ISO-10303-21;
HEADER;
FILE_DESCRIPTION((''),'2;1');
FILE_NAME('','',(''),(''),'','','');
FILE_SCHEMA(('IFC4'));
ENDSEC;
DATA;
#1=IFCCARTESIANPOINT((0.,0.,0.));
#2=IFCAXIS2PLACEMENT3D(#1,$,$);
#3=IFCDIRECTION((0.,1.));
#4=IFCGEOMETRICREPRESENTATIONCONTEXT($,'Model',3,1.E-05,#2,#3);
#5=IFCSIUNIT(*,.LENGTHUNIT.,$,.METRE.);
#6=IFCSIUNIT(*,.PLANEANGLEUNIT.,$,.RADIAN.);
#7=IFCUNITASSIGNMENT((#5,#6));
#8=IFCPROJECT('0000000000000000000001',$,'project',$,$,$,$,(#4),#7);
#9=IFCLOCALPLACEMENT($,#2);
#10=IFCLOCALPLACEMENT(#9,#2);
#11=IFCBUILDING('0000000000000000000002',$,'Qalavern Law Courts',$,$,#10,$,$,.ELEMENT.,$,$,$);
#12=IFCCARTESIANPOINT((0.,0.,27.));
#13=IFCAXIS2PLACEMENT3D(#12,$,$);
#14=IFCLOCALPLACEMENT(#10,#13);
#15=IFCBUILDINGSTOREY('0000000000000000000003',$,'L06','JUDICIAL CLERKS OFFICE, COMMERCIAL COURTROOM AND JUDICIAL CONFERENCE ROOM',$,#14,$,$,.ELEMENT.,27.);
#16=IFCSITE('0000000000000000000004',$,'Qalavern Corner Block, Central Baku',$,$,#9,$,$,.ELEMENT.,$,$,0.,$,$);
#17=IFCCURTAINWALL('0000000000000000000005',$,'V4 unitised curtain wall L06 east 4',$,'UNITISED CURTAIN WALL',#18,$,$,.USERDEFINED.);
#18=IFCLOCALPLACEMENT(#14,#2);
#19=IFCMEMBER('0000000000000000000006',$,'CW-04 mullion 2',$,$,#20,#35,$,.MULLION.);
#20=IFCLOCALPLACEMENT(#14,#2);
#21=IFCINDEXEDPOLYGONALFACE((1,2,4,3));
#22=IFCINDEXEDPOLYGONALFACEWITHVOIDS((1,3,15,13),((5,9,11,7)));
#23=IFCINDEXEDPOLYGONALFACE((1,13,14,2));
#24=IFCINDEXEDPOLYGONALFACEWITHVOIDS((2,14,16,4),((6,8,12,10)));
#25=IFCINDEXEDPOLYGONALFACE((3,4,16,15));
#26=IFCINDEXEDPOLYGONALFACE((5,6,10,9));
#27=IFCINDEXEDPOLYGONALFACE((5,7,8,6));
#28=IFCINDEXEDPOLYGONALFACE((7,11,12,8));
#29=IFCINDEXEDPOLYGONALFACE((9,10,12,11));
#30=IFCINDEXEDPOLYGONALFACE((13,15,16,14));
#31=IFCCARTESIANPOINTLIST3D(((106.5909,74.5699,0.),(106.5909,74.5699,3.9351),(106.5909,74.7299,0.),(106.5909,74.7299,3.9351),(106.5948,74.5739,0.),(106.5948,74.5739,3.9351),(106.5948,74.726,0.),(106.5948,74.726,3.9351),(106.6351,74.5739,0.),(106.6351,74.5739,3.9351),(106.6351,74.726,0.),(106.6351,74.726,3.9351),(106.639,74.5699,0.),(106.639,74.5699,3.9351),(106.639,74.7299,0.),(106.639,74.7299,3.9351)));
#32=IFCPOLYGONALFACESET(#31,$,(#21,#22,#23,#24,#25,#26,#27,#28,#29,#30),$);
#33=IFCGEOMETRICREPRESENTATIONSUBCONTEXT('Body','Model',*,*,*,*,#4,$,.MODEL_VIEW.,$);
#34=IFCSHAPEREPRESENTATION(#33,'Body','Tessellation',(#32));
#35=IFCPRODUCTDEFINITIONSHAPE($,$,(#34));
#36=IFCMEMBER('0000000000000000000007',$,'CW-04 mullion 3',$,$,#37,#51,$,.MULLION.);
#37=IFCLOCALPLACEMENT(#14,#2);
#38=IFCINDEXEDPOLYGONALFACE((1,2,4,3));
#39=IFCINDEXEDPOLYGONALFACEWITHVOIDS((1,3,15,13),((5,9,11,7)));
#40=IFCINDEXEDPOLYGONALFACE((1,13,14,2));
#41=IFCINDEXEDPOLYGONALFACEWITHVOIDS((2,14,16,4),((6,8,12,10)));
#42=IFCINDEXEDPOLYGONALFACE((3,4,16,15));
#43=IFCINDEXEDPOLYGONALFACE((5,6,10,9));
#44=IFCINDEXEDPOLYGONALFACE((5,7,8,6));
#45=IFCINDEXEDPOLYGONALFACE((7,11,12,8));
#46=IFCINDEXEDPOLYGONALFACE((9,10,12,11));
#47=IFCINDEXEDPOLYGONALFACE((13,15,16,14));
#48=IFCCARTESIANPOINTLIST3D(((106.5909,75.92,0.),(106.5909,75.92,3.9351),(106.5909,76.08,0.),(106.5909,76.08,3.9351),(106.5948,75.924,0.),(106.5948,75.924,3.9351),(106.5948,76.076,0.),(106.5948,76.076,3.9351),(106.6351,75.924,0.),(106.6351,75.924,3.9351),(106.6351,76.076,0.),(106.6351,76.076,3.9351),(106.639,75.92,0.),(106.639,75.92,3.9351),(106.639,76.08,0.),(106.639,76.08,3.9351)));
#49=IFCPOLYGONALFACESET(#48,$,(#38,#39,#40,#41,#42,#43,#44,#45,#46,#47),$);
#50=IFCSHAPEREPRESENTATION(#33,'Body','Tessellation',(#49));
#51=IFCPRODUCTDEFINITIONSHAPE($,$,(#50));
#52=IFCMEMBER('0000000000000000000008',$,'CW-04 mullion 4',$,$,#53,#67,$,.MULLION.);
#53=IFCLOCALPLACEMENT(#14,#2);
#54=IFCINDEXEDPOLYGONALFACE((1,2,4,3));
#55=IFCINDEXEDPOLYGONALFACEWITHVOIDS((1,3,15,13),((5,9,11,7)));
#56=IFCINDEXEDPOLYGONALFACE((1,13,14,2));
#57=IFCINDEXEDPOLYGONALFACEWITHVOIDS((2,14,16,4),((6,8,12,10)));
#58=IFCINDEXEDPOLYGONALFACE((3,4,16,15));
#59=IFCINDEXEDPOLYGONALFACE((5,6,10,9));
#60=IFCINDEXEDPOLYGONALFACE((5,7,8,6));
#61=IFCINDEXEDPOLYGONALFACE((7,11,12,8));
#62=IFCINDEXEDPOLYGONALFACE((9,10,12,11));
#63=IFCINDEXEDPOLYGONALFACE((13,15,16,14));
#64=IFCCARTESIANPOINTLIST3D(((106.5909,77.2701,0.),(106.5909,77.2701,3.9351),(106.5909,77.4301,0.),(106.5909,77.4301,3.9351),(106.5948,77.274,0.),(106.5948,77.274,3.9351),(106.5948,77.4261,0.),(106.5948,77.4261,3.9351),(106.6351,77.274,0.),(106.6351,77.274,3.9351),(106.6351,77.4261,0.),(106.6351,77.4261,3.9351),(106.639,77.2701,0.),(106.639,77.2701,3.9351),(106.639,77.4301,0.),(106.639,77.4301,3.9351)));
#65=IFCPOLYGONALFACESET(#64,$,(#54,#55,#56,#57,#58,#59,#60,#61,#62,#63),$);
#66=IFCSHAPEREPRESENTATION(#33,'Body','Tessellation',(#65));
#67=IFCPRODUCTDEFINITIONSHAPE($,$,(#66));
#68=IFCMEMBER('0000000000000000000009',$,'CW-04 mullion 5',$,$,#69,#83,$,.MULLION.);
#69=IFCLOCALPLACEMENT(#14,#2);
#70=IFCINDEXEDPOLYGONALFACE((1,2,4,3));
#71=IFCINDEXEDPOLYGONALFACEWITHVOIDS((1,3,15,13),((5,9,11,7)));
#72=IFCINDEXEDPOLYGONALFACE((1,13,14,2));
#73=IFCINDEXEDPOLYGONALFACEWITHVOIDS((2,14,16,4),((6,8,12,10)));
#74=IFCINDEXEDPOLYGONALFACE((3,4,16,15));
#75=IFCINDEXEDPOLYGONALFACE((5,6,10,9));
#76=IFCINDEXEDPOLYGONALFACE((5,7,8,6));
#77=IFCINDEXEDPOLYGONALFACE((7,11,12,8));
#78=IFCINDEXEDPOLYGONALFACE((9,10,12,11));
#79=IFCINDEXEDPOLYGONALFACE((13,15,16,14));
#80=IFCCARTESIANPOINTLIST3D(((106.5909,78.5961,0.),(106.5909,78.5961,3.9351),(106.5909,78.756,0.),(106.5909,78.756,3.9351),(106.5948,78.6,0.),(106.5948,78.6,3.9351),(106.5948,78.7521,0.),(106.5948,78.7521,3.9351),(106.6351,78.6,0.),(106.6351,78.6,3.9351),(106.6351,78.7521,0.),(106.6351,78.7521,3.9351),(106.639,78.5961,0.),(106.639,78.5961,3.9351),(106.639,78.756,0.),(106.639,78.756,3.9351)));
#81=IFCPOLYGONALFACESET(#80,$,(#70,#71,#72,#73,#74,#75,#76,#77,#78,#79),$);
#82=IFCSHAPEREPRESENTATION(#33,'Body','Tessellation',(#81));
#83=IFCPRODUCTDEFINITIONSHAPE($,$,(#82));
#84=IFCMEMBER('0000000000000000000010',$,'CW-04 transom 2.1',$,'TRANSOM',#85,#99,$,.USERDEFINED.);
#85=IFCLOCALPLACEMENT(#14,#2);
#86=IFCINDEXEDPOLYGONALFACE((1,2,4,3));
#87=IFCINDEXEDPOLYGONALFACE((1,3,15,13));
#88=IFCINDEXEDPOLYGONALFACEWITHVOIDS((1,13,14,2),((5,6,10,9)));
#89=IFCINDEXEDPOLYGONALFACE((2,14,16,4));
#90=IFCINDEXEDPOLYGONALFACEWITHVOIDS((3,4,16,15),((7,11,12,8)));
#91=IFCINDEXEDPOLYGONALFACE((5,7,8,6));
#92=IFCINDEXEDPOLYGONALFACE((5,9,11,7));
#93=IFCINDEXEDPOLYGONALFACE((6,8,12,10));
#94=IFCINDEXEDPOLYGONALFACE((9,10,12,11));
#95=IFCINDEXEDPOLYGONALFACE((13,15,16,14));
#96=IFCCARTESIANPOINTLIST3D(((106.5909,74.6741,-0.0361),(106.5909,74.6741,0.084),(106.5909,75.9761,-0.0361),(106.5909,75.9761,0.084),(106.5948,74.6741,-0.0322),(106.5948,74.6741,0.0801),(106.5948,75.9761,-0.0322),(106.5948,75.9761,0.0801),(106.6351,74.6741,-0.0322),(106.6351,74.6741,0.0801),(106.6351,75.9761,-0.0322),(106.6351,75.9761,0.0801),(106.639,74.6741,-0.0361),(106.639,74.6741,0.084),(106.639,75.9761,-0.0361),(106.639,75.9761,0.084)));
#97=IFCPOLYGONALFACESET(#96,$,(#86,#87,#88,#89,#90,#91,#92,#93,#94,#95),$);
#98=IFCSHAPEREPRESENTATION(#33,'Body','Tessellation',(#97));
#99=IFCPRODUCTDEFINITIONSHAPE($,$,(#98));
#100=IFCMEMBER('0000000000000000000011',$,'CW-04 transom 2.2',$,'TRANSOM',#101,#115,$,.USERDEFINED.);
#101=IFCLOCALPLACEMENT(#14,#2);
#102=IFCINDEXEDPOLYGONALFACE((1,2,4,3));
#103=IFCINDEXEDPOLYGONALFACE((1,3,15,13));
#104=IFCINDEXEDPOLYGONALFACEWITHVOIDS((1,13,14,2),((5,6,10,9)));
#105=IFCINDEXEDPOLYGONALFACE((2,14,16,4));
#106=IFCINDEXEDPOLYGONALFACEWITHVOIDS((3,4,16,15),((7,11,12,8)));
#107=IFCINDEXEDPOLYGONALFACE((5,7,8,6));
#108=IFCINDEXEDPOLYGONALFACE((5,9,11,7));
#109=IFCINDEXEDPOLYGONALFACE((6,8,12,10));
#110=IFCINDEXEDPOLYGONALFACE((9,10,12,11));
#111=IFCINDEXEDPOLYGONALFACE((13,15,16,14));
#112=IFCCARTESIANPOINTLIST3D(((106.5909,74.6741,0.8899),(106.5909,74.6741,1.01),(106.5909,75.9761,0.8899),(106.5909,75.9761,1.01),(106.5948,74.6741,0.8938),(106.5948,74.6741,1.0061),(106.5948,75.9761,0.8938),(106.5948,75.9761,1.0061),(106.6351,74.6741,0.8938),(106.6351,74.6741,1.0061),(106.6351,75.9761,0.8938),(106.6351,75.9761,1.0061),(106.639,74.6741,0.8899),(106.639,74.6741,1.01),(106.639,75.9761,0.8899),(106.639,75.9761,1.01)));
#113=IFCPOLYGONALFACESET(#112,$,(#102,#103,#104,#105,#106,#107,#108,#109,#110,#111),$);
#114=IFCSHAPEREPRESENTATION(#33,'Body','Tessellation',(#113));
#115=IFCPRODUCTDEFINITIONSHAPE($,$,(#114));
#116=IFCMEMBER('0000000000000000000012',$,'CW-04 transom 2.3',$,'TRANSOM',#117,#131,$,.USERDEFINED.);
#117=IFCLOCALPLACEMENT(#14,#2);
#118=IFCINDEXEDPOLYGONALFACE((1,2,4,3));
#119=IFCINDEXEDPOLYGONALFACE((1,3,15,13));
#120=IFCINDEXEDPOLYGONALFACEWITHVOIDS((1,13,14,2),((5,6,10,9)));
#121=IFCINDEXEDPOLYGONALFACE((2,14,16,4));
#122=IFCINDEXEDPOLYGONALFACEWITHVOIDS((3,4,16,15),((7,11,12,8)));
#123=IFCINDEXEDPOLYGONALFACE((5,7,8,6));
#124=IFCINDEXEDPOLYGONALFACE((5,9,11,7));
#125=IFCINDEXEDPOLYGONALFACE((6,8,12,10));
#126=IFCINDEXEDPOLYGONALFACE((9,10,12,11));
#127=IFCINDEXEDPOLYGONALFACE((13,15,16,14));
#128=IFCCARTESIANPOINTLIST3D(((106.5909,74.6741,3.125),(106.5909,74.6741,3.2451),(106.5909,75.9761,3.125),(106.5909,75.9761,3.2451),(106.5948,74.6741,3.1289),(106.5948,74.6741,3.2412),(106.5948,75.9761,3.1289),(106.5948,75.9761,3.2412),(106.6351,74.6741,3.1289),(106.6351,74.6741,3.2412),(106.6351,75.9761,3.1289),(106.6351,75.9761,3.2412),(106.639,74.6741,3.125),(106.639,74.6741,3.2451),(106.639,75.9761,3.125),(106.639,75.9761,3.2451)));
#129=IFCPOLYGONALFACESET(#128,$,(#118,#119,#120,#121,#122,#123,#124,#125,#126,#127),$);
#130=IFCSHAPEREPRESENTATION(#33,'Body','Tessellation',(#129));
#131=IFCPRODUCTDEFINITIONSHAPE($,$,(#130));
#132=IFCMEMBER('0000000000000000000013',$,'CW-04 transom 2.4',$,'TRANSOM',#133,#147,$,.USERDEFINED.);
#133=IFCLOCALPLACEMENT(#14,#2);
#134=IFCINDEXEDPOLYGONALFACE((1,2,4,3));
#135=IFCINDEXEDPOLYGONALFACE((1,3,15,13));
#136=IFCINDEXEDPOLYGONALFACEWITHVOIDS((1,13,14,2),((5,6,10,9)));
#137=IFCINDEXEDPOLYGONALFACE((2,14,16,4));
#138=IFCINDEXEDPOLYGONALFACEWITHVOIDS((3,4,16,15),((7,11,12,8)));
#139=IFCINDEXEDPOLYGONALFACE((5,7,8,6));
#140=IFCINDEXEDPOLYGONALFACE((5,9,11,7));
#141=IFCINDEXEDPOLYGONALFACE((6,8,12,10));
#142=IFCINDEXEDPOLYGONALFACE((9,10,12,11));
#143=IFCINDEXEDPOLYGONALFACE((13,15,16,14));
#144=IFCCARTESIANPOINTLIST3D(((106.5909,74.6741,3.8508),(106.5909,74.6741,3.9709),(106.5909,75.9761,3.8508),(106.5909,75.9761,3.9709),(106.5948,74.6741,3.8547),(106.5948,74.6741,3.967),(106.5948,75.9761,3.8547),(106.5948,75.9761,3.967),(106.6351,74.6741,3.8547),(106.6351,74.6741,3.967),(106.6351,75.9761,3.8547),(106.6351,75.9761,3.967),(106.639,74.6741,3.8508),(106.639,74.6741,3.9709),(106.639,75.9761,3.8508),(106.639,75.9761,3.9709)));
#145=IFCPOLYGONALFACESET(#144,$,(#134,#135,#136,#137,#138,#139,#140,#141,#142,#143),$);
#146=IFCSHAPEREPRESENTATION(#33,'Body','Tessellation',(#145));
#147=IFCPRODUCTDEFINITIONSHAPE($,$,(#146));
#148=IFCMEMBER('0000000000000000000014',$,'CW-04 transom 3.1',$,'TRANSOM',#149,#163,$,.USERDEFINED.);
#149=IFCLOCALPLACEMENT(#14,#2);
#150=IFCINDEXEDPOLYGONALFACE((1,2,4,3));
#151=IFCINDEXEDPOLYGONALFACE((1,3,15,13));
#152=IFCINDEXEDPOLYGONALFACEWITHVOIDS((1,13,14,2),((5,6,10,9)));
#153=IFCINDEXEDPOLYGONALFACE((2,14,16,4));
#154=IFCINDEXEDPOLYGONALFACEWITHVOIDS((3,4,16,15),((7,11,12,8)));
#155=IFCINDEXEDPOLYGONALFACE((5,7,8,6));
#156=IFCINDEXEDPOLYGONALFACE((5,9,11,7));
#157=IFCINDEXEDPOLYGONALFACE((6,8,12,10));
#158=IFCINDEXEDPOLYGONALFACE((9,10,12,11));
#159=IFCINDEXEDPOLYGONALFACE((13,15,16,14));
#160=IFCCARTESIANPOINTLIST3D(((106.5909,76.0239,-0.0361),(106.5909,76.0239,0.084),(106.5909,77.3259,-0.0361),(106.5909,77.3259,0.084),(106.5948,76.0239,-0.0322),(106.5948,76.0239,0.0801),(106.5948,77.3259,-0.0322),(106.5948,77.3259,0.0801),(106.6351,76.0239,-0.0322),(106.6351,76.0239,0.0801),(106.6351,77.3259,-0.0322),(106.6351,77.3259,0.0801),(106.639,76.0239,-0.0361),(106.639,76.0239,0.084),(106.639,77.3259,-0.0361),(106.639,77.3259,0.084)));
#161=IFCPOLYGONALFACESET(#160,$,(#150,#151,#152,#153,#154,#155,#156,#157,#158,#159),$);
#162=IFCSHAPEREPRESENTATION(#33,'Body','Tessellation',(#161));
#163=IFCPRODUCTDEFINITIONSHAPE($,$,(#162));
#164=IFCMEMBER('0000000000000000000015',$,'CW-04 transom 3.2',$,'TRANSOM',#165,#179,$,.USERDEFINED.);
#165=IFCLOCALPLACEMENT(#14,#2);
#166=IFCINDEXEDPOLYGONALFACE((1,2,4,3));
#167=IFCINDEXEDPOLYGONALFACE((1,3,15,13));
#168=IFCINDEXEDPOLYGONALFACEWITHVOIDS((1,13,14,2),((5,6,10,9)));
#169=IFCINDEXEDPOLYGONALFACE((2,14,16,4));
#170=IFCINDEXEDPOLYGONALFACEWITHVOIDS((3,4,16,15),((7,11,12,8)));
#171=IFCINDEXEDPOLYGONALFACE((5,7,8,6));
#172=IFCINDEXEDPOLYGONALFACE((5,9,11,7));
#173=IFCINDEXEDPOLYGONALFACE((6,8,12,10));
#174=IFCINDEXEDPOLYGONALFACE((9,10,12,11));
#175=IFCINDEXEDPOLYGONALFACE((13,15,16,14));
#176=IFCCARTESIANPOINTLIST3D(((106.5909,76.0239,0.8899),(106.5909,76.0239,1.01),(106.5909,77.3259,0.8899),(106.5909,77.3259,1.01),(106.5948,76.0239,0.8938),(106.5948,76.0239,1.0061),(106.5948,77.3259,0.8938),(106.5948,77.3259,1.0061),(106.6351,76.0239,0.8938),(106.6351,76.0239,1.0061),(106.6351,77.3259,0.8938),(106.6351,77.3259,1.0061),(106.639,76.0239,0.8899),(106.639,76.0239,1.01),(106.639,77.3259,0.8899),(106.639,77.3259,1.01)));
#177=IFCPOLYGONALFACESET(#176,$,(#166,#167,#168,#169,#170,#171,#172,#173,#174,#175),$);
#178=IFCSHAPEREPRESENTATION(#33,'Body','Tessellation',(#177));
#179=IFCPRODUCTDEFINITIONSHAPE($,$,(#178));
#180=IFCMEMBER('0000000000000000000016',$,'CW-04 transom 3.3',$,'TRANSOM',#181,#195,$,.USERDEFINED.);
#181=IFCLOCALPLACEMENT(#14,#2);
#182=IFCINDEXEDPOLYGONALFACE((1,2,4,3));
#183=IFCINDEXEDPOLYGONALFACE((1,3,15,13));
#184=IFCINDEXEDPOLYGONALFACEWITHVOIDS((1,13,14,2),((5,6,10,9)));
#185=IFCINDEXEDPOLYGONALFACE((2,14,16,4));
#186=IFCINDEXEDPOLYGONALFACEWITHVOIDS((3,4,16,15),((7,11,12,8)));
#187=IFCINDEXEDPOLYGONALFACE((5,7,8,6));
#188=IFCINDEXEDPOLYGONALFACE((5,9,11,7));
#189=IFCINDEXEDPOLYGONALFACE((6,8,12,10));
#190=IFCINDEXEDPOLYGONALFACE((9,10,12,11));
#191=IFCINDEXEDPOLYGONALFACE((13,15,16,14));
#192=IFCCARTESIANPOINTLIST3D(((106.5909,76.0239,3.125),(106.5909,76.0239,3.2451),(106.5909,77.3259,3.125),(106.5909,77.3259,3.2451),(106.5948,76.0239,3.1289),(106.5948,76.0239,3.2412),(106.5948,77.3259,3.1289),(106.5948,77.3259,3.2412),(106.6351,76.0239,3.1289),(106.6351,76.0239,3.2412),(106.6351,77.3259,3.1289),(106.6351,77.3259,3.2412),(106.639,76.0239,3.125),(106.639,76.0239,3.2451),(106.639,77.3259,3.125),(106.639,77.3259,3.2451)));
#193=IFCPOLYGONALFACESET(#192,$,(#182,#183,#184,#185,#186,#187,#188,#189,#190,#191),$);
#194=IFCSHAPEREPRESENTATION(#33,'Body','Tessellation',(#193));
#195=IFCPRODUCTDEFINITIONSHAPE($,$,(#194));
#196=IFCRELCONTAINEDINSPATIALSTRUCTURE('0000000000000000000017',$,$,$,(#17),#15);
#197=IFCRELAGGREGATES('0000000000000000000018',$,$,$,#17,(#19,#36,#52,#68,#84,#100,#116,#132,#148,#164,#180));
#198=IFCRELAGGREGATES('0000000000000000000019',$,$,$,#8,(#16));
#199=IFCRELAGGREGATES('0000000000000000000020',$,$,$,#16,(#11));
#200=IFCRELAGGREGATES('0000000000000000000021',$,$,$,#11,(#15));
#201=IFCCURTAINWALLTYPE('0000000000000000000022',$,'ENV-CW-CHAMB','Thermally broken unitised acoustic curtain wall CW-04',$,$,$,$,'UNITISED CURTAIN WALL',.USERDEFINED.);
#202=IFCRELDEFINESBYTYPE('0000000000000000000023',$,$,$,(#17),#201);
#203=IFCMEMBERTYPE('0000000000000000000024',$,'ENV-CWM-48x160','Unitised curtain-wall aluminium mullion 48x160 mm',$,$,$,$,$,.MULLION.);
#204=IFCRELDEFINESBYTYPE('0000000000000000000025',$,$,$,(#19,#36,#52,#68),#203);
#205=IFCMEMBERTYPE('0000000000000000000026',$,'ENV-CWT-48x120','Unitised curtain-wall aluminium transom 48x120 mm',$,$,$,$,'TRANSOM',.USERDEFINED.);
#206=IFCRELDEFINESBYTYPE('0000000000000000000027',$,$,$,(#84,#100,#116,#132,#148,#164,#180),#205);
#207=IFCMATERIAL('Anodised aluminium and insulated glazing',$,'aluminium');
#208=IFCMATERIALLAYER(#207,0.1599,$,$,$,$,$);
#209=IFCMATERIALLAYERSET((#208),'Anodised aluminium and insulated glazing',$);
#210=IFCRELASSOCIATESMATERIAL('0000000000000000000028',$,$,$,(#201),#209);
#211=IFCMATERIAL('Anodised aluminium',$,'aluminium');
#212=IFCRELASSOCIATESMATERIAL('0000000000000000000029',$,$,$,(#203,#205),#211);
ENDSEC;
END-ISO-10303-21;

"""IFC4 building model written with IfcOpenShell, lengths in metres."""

from ifc_helpers import new_model, si_unit, direction, frame, origin, origin_2d, place, context, subcontext, project, spatial, hollow_rectangle, extrude, material, layer, layer_set, material_profile, profile_set, type_object, element, aggregate, save


model = new_model("IFC4")

# Units and contexts
model_context = context("Model", 3, precision=1e-05, world=origin(), true_north=direction((0.0, 1.0)))
body_context = subcontext(model_context, "Body", "Model", "MODEL_VIEW")
ifc_project = project(units=[si_unit("LENGTHUNIT", "METRE"), si_unit("PLANEANGLEUNIT", "RADIAN")], contexts=[model_context])

# Site, building, storey
site_placement = place(None, origin())
site = spatial("IfcSite", under=ifc_project, at=site_placement, Name="Qalavern Corner Block, Central Baku", CompositionType="ELEMENT", RefElevation=0.0)
building_placement = place(site_placement, origin())
building = spatial("IfcBuilding", under=site, at=building_placement, Name="Qalavern Law Courts", CompositionType="ELEMENT")
storey_placement = place(building_placement, frame((0.0, 0.0, 27.0)))
storey = spatial("IfcBuildingStorey", under=building, at=storey_placement, Name="L06", Description="JUDICIAL CLERKS OFFICE, COMMERCIAL COURTROOM AND JUDICIAL CONFERENCE ROOM", CompositionType="ELEMENT", Elevation=27.0)

# Curtain wall, members
ifc_material_1 = material(Name="Anodised aluminium and insulated glazing", Category="aluminium")
ifc_layer_1 = layer(ifc_material_1, 0.1599)
ifc_layer_set_1 = layer_set([ifc_layer_1], Name="Anodised aluminium and insulated glazing")
curtain_wall_type = type_object("IfcCurtainWallType", Name="ENV-CW-CHAMB", Description="Thermally broken unitised acoustic curtain wall CW-04", ElementType="UNITISED CURTAIN WALL", PredefinedType="USERDEFINED", material=ifc_layer_set_1)
curtain_wall_placement = place(storey_placement, origin())
curtain_wall = element("IfcCurtainWall", 1, at=curtain_wall_placement, inside=storey, type_object=curtain_wall_type, Name="V4 unitised curtain wall L06 east 4", ObjectType="UNITISED CURTAIN WALL", PredefinedType="USERDEFINED")
ifc_material_2 = material(Name="Anodised aluminium", Category="aluminium")
ifc_material_profile_1 = material_profile(ifc_material_2, hollow_rectangle(XDim=0.0481, YDim=0.1599, WallThickness=0.0039, at=origin_2d()), Name="ALU MULLION 48x160")
ifc_profile_set_1 = profile_set([ifc_material_profile_1], Name="Anodised aluminium")
member_type_1 = type_object("IfcMemberType", Name="ENV-CWM-48x160", Description="Unitised curtain-wall aluminium mullion 48x160 mm", PredefinedType="MULLION", material=ifc_profile_set_1)
member_1_placement = place(storey_placement, frame((106.615, 74.6499, 0.0), z_axis=(0.0, 0.0, 1.0), x_axis=(-1.0, 0.0, 0.0)))
member_1 = element("IfcMember", 2, at=member_1_placement, type_object=member_type_1, Name="CW-04 mullion 2", PredefinedType="MULLION", context=body_context, shape_type="SweptSolid", body=[
    extrude(hollow_rectangle(XDim=0.0481, YDim=0.1599, WallThickness=0.0039, at=origin_2d()), origin(), (0.0, 0.0, 1.0), 3.9351),
])
member_2_placement = place(storey_placement, frame((106.615, 76.0, 0.0), z_axis=(0.0, 0.0, 1.0), x_axis=(-1.0, 0.0, 0.0)))
member_2 = element("IfcMember", 3, at=member_2_placement, type_object=member_type_1, Name="CW-04 mullion 3", PredefinedType="MULLION", context=body_context, shape_type="SweptSolid", body=[
    extrude(hollow_rectangle(XDim=0.0481, YDim=0.1599, WallThickness=0.0039, at=origin_2d()), origin(), (0.0, 0.0, 1.0), 3.9351),
])
member_3_placement = place(storey_placement, frame((106.615, 77.3501, 0.0), z_axis=(0.0, 0.0, 1.0), x_axis=(-1.0, 0.0, 0.0)))
member_3 = element("IfcMember", 4, at=member_3_placement, type_object=member_type_1, Name="CW-04 mullion 4", PredefinedType="MULLION", context=body_context, shape_type="SweptSolid", body=[
    extrude(hollow_rectangle(XDim=0.0481, YDim=0.1599, WallThickness=0.0039, at=origin_2d()), origin(), (0.0, 0.0, 1.0), 3.9351),
])
member_4_placement = place(storey_placement, frame((106.615, 78.676, 0.0), z_axis=(0.0, 0.0, 1.0), x_axis=(-1.0, 0.0, 0.0)))
member_4 = element("IfcMember", 5, at=member_4_placement, type_object=member_type_1, Name="CW-04 mullion 5", PredefinedType="MULLION", context=body_context, shape_type="SweptSolid", body=[
    extrude(hollow_rectangle(XDim=0.0481, YDim=0.1599, WallThickness=0.0039, at=origin_2d()), origin(), (0.0, 0.0, 1.0), 3.9351),
])
ifc_material_profile_2 = material_profile(ifc_material_2, hollow_rectangle(XDim=0.0481, YDim=0.1201, WallThickness=0.0039, at=origin_2d()), Name="ALU TRANSOM 48x120")
ifc_profile_set_2 = profile_set([ifc_material_profile_2], Name="Anodised aluminium")
member_type_2 = type_object("IfcMemberType", Name="ENV-CWT-48x120", Description="Unitised curtain-wall aluminium transom 48x120 mm", ElementType="TRANSOM", PredefinedType="USERDEFINED", material=ifc_profile_set_2)
member_5_placement = place(storey_placement, frame((106.615, 74.6741, 0.0239), z_axis=(0.0, 1.0, 0.0), x_axis=(-1.0, 0.0, 0.0)))
member_5 = element("IfcMember", 6, at=member_5_placement, type_object=member_type_2, Name="CW-04 transom 2.1", ObjectType="TRANSOM", PredefinedType="USERDEFINED", context=body_context, shape_type="SweptSolid", body=[
    extrude(hollow_rectangle(XDim=0.0481, YDim=0.1201, WallThickness=0.0039, at=origin_2d()), origin(), (0.0, 0.0, 1.0), 1.302),
])
member_6_placement = place(storey_placement, frame((106.615, 74.6741, 0.95), z_axis=(0.0, 1.0, 0.0), x_axis=(-1.0, 0.0, 0.0)))
member_6 = element("IfcMember", 7, at=member_6_placement, type_object=member_type_2, Name="CW-04 transom 2.2", ObjectType="TRANSOM", PredefinedType="USERDEFINED", context=body_context, shape_type="SweptSolid", body=[
    extrude(hollow_rectangle(XDim=0.0481, YDim=0.1201, WallThickness=0.0039, at=origin_2d()), origin(), (0.0, 0.0, 1.0), 1.302),
])
member_7_placement = place(storey_placement, frame((106.615, 74.6741, 3.1851), z_axis=(0.0, 1.0, 0.0), x_axis=(-1.0, 0.0, 0.0)))
member_7 = element("IfcMember", 8, at=member_7_placement, type_object=member_type_2, Name="CW-04 transom 2.3", ObjectType="TRANSOM", PredefinedType="USERDEFINED", context=body_context, shape_type="SweptSolid", body=[
    extrude(hollow_rectangle(XDim=0.0481, YDim=0.1201, WallThickness=0.0039, at=origin_2d()), origin(), (0.0, 0.0, 1.0), 1.302),
])
member_8_placement = place(storey_placement, frame((106.615, 74.6741, 3.9109), z_axis=(0.0, 1.0, 0.0), x_axis=(-1.0, 0.0, 0.0)))
member_8 = element("IfcMember", 9, at=member_8_placement, type_object=member_type_2, Name="CW-04 transom 2.4", ObjectType="TRANSOM", PredefinedType="USERDEFINED", context=body_context, shape_type="SweptSolid", body=[
    extrude(hollow_rectangle(XDim=0.0481, YDim=0.1201, WallThickness=0.0039, at=origin_2d()), origin(), (0.0, 0.0, 1.0), 1.302),
])
member_9_placement = place(storey_placement, frame((106.615, 76.0239, 0.0239), z_axis=(0.0, 1.0, 0.0), x_axis=(-1.0, 0.0, 0.0)))
member_9 = element("IfcMember", 10, at=member_9_placement, type_object=member_type_2, Name="CW-04 transom 3.1", ObjectType="TRANSOM", PredefinedType="USERDEFINED", context=body_context, shape_type="SweptSolid", body=[
    extrude(hollow_rectangle(XDim=0.0481, YDim=0.1201, WallThickness=0.0039, at=origin_2d()), origin(), (0.0, 0.0, 1.0), 1.302),
])
member_10_placement = place(storey_placement, frame((106.615, 76.0239, 0.95), z_axis=(0.0, 1.0, 0.0), x_axis=(-1.0, 0.0, 0.0)))
member_10 = element("IfcMember", 11, at=member_10_placement, type_object=member_type_2, Name="CW-04 transom 3.2", ObjectType="TRANSOM", PredefinedType="USERDEFINED", context=body_context, shape_type="SweptSolid", body=[
    extrude(hollow_rectangle(XDim=0.0481, YDim=0.1201, WallThickness=0.0039, at=origin_2d()), origin(), (0.0, 0.0, 1.0), 1.302),
])
member_11_placement = place(storey_placement, frame((106.615, 76.0239, 3.1851), z_axis=(0.0, 1.0, 0.0), x_axis=(-1.0, 0.0, 0.0)))
member_11 = element("IfcMember", 12, at=member_11_placement, type_object=member_type_2, Name="CW-04 transom 3.3", ObjectType="TRANSOM", PredefinedType="USERDEFINED", context=body_context, shape_type="SweptSolid", body=[
    extrude(hollow_rectangle(XDim=0.0481, YDim=0.1201, WallThickness=0.0039, at=origin_2d()), origin(), (0.0, 0.0, 1.0), 1.302),
])
aggregate(curtain_wall, [member_1, member_2, member_3, member_4, member_5, member_6, member_7, member_8, member_9, member_10, member_11])

save(model, "model.ifc")
